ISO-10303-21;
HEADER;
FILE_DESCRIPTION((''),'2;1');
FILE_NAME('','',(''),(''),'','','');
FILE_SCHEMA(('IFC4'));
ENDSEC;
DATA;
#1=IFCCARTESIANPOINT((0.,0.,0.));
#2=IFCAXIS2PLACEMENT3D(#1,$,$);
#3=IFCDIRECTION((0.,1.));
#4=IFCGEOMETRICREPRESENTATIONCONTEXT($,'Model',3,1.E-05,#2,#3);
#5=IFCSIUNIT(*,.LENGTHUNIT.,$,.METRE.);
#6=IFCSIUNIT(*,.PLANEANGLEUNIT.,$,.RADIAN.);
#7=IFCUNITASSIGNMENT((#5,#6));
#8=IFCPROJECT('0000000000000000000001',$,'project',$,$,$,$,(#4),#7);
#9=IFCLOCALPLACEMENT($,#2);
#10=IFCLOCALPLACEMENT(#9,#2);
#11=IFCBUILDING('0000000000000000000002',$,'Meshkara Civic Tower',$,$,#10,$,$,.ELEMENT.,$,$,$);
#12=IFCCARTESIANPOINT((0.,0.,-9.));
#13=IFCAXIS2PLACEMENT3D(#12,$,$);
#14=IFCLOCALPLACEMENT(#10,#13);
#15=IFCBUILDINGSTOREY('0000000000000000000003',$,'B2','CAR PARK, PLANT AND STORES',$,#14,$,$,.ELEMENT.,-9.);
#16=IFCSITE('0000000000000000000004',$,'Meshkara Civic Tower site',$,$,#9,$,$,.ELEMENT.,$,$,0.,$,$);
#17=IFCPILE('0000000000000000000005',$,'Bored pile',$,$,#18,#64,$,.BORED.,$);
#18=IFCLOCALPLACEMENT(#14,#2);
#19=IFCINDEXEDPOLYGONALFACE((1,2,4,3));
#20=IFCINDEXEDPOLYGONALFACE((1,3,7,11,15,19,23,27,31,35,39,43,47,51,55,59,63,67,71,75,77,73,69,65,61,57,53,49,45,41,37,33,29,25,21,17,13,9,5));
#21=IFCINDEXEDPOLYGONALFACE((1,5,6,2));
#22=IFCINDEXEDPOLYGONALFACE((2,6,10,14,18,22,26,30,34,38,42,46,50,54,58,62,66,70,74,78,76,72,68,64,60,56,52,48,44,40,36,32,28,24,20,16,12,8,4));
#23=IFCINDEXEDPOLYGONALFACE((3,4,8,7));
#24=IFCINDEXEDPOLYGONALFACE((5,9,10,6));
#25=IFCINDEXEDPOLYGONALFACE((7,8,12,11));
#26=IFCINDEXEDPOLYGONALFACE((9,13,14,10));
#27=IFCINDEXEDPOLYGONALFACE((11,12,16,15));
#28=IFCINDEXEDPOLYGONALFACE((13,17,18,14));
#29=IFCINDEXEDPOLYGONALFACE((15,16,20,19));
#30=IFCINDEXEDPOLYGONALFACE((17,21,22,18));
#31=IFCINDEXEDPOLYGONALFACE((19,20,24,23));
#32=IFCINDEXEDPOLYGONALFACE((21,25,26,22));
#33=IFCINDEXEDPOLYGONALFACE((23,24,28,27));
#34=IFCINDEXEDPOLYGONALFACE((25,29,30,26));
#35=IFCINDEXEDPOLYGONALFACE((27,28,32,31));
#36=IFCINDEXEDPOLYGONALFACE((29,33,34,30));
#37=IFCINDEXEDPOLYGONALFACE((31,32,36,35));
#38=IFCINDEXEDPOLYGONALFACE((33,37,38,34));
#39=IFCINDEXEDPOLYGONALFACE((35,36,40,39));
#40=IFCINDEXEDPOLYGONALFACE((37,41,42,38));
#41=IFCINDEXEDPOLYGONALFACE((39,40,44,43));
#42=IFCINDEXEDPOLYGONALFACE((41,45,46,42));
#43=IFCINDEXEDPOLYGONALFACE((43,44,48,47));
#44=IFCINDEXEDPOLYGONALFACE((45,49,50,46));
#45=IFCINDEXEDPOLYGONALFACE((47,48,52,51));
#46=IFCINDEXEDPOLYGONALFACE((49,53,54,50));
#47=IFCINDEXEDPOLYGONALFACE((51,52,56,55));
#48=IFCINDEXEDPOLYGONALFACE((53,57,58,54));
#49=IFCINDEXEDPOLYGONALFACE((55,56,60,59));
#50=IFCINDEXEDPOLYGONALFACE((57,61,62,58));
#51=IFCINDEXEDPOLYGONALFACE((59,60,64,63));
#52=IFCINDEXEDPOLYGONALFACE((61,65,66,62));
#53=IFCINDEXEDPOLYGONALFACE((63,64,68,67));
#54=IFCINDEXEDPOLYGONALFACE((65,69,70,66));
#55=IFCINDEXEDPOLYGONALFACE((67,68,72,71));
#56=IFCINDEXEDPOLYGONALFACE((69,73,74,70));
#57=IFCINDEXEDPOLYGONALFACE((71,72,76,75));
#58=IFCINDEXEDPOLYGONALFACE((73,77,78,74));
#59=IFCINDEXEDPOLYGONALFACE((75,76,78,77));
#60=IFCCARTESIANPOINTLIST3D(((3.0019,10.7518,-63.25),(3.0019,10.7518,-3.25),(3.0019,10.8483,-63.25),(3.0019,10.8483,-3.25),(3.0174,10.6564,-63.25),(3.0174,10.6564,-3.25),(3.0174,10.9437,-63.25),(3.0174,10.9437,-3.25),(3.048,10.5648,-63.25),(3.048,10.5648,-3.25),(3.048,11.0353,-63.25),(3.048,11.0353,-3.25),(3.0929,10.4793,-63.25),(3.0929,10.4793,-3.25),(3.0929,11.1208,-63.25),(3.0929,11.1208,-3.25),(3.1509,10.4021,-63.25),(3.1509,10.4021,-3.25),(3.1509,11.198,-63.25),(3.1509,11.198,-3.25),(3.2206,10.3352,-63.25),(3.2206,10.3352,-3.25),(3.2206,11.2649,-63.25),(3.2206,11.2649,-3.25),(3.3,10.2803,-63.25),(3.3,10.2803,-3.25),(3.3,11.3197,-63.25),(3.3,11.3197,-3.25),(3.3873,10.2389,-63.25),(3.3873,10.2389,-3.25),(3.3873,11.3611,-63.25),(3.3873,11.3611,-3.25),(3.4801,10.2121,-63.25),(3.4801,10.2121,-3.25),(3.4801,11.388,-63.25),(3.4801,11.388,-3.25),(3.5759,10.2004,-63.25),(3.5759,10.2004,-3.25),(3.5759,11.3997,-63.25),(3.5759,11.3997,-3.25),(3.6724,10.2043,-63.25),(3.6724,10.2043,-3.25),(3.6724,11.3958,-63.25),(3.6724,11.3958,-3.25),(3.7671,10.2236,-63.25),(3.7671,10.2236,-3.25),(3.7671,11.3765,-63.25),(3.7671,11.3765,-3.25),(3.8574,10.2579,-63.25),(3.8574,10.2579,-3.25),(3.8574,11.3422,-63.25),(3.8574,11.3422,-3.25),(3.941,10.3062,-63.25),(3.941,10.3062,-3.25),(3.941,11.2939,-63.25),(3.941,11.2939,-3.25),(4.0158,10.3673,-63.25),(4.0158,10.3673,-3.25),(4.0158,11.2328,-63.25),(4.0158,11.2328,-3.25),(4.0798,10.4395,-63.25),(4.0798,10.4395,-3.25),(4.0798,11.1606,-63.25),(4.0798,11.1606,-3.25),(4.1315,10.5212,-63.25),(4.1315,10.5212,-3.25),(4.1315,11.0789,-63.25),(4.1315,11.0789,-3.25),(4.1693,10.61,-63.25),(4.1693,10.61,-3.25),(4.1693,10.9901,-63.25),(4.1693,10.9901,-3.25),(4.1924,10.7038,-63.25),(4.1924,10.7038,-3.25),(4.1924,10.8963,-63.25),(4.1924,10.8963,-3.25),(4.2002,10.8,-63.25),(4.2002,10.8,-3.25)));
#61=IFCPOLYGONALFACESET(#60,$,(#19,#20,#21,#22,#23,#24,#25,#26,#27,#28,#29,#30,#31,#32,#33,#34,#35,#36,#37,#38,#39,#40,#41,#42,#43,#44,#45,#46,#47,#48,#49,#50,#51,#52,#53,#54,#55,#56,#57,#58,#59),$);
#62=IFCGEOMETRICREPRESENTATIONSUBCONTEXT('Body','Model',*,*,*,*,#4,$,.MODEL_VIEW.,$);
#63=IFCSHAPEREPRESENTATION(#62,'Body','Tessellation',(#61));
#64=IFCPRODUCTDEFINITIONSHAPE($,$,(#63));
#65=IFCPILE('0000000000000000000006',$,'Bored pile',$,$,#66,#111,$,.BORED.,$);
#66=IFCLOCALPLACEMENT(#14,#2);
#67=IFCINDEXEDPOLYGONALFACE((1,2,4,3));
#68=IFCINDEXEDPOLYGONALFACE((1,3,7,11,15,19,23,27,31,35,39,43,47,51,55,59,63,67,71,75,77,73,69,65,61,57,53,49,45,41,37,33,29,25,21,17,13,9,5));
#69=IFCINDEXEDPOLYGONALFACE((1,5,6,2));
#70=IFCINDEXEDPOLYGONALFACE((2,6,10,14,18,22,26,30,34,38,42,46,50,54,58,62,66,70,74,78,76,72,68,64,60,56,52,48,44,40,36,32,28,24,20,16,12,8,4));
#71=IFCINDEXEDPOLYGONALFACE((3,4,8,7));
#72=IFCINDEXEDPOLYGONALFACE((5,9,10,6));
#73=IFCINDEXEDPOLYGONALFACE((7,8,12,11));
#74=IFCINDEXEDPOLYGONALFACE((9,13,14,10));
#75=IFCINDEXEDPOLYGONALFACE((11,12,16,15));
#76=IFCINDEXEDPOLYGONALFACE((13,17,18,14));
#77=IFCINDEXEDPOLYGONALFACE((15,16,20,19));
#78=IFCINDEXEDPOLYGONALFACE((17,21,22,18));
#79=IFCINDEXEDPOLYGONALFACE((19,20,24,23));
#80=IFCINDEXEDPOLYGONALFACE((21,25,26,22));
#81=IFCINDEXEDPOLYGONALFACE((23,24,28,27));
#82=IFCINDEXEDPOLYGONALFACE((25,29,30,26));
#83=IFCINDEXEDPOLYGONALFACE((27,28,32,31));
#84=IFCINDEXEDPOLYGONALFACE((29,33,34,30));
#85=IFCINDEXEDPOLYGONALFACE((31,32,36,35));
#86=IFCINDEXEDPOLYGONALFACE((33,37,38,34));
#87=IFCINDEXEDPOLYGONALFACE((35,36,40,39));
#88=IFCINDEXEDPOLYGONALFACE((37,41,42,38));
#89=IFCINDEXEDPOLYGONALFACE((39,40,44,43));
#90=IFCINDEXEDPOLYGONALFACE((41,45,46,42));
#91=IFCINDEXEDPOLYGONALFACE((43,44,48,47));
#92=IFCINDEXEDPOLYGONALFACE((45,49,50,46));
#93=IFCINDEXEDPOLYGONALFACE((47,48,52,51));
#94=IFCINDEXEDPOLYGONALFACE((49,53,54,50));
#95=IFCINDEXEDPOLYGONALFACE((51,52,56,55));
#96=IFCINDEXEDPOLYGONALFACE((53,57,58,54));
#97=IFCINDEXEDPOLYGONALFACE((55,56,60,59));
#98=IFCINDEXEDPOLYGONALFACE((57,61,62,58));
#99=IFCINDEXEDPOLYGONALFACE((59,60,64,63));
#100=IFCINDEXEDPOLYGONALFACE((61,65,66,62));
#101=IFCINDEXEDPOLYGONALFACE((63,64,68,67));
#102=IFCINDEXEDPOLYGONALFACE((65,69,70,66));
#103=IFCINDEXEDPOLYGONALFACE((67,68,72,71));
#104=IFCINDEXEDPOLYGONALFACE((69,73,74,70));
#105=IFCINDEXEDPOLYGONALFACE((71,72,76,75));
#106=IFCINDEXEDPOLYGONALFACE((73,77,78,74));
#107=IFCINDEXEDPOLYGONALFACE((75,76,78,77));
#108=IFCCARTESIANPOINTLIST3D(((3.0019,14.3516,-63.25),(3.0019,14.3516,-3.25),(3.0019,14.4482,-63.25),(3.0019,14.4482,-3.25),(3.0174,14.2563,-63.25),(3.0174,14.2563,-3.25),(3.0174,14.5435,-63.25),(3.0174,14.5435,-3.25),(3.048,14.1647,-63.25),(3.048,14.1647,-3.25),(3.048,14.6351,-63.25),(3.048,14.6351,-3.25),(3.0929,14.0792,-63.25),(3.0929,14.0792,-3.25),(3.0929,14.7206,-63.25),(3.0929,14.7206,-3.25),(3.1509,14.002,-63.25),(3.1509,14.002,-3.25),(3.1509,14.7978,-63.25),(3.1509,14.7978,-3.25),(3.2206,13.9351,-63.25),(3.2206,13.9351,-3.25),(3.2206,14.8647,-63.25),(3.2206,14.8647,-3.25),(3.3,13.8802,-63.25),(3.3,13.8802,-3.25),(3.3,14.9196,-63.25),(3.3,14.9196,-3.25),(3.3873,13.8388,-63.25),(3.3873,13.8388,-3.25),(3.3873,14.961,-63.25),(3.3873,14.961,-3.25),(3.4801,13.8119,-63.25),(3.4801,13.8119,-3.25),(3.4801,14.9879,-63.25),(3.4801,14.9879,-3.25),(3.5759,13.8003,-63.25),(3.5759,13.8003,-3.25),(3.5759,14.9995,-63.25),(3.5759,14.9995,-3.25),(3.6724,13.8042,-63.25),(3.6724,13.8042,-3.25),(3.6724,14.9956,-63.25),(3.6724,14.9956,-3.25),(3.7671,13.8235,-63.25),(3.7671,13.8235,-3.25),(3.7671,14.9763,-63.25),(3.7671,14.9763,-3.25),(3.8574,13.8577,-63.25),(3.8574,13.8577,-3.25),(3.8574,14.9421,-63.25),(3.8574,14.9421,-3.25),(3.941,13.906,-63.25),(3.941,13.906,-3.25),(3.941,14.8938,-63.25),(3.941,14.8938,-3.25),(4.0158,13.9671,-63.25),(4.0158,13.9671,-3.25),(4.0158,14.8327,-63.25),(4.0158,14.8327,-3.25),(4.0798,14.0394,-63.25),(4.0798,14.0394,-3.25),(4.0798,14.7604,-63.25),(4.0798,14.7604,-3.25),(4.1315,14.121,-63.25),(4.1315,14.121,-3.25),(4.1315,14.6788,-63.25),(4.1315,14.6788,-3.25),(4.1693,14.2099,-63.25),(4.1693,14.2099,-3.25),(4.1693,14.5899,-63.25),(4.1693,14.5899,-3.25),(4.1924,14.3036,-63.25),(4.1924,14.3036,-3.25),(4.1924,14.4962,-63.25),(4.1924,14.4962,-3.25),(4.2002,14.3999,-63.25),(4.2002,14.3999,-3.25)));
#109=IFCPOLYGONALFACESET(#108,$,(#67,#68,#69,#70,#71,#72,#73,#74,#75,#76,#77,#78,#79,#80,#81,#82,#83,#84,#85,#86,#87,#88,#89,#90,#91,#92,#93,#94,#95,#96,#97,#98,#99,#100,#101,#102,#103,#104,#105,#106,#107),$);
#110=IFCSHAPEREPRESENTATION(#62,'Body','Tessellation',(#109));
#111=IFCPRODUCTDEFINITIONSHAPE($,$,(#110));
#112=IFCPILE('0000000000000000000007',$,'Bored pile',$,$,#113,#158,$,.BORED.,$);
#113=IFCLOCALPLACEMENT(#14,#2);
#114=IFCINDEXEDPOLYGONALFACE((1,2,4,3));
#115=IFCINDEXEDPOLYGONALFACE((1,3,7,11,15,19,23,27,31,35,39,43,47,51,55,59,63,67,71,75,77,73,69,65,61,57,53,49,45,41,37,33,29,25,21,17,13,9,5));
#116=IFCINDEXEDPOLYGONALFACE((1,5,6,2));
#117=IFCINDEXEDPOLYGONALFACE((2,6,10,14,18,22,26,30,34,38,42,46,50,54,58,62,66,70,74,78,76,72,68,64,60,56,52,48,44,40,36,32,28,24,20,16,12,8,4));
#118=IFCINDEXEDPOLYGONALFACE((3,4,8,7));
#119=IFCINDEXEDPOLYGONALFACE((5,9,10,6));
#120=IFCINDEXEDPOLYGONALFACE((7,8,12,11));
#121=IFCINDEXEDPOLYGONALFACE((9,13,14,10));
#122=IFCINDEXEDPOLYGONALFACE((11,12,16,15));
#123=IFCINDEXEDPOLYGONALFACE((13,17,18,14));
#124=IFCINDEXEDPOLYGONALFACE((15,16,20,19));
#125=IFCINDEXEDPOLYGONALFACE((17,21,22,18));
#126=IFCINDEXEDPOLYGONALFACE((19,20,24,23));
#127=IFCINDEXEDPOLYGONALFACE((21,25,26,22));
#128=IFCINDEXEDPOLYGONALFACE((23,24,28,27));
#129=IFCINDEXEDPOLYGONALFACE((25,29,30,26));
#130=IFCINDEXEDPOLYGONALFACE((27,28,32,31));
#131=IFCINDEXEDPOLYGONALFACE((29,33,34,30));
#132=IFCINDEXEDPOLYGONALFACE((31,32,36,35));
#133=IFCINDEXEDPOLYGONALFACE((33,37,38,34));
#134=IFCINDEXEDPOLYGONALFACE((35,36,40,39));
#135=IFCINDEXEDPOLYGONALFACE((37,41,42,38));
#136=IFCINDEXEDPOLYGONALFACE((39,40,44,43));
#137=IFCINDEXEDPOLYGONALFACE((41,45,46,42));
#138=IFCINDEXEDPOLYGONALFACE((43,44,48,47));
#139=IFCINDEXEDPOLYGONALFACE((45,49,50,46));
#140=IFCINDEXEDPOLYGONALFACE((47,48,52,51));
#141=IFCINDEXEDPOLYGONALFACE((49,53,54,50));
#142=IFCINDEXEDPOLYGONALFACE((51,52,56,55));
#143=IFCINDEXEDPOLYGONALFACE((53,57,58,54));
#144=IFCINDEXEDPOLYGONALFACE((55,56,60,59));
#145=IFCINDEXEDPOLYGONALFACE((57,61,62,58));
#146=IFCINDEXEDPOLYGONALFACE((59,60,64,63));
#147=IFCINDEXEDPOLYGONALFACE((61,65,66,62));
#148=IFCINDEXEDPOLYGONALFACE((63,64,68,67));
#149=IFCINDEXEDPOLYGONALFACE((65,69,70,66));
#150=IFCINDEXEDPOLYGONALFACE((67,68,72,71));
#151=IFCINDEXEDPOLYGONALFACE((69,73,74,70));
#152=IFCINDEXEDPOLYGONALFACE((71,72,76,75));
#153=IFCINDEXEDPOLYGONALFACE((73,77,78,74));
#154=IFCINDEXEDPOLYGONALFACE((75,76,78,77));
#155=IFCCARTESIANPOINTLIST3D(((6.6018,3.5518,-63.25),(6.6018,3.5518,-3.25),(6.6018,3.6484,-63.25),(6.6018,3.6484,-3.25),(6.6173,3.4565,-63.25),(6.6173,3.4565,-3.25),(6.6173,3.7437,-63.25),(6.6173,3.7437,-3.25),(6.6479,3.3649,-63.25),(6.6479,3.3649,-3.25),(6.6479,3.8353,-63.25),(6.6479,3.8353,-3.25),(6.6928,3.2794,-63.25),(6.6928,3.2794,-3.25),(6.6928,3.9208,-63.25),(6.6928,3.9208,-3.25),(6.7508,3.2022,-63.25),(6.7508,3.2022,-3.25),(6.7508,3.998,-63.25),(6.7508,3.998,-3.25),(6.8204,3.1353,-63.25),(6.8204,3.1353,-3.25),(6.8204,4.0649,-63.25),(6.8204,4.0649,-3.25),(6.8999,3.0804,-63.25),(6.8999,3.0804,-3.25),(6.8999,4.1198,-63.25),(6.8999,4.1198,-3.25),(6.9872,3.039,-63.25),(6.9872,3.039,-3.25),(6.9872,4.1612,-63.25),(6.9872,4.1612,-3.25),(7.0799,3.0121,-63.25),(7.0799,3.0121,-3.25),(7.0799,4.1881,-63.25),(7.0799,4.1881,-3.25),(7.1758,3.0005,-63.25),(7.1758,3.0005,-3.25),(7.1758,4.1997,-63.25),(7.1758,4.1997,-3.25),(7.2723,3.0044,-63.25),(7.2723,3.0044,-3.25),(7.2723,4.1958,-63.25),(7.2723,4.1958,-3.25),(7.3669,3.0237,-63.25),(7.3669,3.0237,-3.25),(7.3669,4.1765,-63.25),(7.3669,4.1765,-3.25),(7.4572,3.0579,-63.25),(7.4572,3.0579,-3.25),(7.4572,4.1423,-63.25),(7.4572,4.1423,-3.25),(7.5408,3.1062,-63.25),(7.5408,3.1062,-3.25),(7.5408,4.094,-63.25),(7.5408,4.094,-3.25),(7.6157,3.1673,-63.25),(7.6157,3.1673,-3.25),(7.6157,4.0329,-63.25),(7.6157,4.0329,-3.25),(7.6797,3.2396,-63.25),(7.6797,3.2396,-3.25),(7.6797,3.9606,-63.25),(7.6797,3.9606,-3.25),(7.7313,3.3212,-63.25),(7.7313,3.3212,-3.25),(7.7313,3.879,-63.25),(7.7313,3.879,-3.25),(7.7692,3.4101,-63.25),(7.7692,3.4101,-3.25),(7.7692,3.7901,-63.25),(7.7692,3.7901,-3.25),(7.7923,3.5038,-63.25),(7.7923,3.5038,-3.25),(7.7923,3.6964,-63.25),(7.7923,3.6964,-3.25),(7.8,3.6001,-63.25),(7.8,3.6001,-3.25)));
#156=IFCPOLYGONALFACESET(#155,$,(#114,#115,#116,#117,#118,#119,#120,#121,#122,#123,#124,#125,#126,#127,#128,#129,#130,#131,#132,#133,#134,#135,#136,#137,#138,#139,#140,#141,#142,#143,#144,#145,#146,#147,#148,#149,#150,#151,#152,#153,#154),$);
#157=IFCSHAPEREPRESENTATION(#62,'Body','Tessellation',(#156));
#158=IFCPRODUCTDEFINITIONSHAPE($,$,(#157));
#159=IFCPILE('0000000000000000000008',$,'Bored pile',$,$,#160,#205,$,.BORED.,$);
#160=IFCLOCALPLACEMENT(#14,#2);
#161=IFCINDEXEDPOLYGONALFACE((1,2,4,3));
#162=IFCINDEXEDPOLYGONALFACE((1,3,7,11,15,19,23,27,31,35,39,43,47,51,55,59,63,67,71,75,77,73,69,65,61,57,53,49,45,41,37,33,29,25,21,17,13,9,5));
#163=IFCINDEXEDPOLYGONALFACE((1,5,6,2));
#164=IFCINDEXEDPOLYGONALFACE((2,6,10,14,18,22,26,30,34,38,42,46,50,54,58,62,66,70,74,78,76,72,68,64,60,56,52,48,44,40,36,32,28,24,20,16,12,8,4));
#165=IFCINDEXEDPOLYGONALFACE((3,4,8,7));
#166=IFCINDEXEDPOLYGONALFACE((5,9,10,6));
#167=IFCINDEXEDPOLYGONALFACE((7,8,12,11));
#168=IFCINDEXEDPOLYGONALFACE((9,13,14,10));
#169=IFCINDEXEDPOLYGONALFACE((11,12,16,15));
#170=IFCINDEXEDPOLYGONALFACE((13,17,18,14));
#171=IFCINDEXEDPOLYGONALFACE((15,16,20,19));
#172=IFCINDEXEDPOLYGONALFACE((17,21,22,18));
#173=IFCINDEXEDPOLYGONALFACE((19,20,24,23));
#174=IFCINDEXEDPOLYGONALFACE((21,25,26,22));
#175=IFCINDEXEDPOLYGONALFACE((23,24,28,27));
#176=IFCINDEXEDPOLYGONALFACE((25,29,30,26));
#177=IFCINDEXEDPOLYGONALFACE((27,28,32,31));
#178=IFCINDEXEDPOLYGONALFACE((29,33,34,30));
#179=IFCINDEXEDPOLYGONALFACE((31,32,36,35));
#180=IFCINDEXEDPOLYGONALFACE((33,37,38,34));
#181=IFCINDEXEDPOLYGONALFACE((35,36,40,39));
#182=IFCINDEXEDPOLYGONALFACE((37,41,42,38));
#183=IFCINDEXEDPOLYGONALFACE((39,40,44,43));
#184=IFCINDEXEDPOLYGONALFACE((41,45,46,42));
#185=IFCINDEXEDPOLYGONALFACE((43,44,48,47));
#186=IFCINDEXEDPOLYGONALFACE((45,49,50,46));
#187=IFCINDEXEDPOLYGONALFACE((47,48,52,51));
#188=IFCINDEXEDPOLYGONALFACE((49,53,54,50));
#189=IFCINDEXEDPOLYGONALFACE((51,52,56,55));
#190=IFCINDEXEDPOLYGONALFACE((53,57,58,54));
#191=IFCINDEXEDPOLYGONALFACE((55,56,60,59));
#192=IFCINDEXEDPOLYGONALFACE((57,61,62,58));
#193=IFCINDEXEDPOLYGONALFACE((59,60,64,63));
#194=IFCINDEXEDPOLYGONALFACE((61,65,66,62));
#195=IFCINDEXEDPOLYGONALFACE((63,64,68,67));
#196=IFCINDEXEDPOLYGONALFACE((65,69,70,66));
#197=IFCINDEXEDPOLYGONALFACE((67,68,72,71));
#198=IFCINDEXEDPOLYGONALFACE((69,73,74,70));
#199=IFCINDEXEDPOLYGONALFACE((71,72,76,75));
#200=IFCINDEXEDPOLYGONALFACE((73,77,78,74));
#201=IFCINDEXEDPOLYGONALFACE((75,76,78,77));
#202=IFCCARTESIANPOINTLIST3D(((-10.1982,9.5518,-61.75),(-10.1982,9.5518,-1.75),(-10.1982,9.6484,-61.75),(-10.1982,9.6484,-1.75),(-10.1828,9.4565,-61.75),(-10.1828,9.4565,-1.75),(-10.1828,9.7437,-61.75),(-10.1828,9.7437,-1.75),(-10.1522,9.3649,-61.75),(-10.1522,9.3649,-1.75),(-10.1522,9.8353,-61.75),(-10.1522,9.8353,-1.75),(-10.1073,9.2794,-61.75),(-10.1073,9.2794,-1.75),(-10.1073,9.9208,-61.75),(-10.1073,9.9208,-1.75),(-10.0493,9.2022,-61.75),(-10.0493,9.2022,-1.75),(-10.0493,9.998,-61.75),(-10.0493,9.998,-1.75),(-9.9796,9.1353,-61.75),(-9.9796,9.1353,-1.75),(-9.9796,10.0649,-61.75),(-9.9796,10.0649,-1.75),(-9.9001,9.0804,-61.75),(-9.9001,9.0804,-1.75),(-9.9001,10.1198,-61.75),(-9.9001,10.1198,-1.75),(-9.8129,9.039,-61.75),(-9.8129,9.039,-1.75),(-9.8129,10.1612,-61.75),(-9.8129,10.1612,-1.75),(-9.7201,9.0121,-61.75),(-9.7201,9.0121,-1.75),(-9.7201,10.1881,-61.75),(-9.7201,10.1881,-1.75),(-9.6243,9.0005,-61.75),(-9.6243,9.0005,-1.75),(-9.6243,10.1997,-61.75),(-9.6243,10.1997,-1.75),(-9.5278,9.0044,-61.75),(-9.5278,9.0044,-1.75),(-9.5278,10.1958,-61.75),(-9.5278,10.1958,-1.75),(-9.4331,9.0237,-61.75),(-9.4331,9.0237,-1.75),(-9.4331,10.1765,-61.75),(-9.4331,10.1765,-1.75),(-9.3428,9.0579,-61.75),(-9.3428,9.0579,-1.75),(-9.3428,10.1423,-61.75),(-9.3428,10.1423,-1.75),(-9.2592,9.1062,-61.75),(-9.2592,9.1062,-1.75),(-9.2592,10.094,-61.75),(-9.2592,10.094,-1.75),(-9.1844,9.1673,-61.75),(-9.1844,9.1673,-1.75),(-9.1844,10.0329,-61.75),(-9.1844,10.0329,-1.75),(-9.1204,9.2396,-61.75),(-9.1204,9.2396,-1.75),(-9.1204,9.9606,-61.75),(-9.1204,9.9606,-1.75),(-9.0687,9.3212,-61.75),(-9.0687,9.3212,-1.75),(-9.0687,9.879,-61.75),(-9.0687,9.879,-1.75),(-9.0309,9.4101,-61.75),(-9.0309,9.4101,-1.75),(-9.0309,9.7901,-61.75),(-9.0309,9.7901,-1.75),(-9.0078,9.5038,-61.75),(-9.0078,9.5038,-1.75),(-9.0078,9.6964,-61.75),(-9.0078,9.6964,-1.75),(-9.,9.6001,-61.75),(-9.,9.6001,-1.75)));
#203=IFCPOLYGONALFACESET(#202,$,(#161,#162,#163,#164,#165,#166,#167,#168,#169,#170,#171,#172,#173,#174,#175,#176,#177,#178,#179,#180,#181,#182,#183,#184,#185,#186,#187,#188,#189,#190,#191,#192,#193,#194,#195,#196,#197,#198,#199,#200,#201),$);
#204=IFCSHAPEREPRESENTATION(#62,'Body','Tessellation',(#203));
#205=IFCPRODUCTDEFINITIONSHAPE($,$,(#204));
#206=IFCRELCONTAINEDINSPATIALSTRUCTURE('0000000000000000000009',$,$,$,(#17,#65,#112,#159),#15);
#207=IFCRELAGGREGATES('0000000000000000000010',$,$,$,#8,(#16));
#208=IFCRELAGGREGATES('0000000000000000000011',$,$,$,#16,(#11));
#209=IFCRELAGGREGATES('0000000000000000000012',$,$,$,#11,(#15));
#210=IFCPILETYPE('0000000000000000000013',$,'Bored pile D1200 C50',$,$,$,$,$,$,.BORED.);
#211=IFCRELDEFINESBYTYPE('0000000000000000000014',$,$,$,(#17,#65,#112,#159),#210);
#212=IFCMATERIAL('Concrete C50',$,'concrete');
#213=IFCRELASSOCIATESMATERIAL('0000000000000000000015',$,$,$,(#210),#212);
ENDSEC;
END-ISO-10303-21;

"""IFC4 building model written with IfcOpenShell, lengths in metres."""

from ifc_helpers import new_model, si_unit, direction, frame, origin, origin_2d, place, context, subcontext, project, spatial, circle, extrude, material, material_profile, profile_set, type_object, element, save


model = new_model("IFC4")

# Units and contexts
model_context = context("Model", 3, precision=1e-05, world=origin(), true_north=direction((0.0, 1.0)))
body_context = subcontext(model_context, "Body", "Model", "MODEL_VIEW")
ifc_project = project(units=[si_unit("LENGTHUNIT", "METRE"), si_unit("PLANEANGLEUNIT", "RADIAN")], contexts=[model_context])

# Site, building, storey
site_placement = place(None, origin())
site = spatial("IfcSite", under=ifc_project, at=site_placement, Name="Meshkara Civic Tower site", CompositionType="ELEMENT", RefElevation=0.0)
building_placement = place(site_placement, origin())
building = spatial("IfcBuilding", under=site, at=building_placement, Name="Meshkara Civic Tower", CompositionType="ELEMENT")
storey_placement = place(building_placement, frame((0.0, 0.0, -9.0)))
storey = spatial("IfcBuildingStorey", under=building, at=storey_placement, Name="B2", Description="CAR PARK, PLANT AND STORES", CompositionType="ELEMENT", Elevation=-9.0)

# Piles
ifc_material_1 = material(Name="Concrete C50", Category="concrete")
ifc_material_profile_1 = material_profile(ifc_material_1, circle(Radius=0.6001, at=origin_2d()))
ifc_profile_set_1 = profile_set([ifc_material_profile_1], Name="Concrete C50")
pile_type = type_object("IfcPileType", Name="Bored pile D1200 C50", PredefinedType="BORED", material=ifc_profile_set_1)
for number, where, z_axis, x_axis, name in (
    (1, (3.6001, 10.8, -3.25), (0.0, 0.0, -1.0), (1.0, 0.0, 0.0), "Bored pile"),
    (2, (3.6001, 14.3999, -3.25), (0.0, 0.0, -1.0), (1.0, 0.0, 0.0), "Bored pile"),
    (3, (7.2, 3.6001, -3.25), (0.0, 0.0, -1.0), (1.0, 0.0, 0.0), "Bored pile"),
    (4, (-9.6001, 9.6001, -1.75), (0.0, 0.0, -1.0), (1.0, 0.0, 0.0), "Bored pile"),
):
    element("IfcPile", number, at=place(storey_placement, frame(where, z_axis=z_axis, x_axis=x_axis)), inside=storey, type_object=pile_type, Name=name, PredefinedType="BORED", context=body_context, shape_type="SweptSolid", body=[
        extrude(circle(Radius=0.6001, at=origin_2d()), origin(), (0.0, 0.0, 1.0), 60.0),
    ])

save(model, "model.ifc")
